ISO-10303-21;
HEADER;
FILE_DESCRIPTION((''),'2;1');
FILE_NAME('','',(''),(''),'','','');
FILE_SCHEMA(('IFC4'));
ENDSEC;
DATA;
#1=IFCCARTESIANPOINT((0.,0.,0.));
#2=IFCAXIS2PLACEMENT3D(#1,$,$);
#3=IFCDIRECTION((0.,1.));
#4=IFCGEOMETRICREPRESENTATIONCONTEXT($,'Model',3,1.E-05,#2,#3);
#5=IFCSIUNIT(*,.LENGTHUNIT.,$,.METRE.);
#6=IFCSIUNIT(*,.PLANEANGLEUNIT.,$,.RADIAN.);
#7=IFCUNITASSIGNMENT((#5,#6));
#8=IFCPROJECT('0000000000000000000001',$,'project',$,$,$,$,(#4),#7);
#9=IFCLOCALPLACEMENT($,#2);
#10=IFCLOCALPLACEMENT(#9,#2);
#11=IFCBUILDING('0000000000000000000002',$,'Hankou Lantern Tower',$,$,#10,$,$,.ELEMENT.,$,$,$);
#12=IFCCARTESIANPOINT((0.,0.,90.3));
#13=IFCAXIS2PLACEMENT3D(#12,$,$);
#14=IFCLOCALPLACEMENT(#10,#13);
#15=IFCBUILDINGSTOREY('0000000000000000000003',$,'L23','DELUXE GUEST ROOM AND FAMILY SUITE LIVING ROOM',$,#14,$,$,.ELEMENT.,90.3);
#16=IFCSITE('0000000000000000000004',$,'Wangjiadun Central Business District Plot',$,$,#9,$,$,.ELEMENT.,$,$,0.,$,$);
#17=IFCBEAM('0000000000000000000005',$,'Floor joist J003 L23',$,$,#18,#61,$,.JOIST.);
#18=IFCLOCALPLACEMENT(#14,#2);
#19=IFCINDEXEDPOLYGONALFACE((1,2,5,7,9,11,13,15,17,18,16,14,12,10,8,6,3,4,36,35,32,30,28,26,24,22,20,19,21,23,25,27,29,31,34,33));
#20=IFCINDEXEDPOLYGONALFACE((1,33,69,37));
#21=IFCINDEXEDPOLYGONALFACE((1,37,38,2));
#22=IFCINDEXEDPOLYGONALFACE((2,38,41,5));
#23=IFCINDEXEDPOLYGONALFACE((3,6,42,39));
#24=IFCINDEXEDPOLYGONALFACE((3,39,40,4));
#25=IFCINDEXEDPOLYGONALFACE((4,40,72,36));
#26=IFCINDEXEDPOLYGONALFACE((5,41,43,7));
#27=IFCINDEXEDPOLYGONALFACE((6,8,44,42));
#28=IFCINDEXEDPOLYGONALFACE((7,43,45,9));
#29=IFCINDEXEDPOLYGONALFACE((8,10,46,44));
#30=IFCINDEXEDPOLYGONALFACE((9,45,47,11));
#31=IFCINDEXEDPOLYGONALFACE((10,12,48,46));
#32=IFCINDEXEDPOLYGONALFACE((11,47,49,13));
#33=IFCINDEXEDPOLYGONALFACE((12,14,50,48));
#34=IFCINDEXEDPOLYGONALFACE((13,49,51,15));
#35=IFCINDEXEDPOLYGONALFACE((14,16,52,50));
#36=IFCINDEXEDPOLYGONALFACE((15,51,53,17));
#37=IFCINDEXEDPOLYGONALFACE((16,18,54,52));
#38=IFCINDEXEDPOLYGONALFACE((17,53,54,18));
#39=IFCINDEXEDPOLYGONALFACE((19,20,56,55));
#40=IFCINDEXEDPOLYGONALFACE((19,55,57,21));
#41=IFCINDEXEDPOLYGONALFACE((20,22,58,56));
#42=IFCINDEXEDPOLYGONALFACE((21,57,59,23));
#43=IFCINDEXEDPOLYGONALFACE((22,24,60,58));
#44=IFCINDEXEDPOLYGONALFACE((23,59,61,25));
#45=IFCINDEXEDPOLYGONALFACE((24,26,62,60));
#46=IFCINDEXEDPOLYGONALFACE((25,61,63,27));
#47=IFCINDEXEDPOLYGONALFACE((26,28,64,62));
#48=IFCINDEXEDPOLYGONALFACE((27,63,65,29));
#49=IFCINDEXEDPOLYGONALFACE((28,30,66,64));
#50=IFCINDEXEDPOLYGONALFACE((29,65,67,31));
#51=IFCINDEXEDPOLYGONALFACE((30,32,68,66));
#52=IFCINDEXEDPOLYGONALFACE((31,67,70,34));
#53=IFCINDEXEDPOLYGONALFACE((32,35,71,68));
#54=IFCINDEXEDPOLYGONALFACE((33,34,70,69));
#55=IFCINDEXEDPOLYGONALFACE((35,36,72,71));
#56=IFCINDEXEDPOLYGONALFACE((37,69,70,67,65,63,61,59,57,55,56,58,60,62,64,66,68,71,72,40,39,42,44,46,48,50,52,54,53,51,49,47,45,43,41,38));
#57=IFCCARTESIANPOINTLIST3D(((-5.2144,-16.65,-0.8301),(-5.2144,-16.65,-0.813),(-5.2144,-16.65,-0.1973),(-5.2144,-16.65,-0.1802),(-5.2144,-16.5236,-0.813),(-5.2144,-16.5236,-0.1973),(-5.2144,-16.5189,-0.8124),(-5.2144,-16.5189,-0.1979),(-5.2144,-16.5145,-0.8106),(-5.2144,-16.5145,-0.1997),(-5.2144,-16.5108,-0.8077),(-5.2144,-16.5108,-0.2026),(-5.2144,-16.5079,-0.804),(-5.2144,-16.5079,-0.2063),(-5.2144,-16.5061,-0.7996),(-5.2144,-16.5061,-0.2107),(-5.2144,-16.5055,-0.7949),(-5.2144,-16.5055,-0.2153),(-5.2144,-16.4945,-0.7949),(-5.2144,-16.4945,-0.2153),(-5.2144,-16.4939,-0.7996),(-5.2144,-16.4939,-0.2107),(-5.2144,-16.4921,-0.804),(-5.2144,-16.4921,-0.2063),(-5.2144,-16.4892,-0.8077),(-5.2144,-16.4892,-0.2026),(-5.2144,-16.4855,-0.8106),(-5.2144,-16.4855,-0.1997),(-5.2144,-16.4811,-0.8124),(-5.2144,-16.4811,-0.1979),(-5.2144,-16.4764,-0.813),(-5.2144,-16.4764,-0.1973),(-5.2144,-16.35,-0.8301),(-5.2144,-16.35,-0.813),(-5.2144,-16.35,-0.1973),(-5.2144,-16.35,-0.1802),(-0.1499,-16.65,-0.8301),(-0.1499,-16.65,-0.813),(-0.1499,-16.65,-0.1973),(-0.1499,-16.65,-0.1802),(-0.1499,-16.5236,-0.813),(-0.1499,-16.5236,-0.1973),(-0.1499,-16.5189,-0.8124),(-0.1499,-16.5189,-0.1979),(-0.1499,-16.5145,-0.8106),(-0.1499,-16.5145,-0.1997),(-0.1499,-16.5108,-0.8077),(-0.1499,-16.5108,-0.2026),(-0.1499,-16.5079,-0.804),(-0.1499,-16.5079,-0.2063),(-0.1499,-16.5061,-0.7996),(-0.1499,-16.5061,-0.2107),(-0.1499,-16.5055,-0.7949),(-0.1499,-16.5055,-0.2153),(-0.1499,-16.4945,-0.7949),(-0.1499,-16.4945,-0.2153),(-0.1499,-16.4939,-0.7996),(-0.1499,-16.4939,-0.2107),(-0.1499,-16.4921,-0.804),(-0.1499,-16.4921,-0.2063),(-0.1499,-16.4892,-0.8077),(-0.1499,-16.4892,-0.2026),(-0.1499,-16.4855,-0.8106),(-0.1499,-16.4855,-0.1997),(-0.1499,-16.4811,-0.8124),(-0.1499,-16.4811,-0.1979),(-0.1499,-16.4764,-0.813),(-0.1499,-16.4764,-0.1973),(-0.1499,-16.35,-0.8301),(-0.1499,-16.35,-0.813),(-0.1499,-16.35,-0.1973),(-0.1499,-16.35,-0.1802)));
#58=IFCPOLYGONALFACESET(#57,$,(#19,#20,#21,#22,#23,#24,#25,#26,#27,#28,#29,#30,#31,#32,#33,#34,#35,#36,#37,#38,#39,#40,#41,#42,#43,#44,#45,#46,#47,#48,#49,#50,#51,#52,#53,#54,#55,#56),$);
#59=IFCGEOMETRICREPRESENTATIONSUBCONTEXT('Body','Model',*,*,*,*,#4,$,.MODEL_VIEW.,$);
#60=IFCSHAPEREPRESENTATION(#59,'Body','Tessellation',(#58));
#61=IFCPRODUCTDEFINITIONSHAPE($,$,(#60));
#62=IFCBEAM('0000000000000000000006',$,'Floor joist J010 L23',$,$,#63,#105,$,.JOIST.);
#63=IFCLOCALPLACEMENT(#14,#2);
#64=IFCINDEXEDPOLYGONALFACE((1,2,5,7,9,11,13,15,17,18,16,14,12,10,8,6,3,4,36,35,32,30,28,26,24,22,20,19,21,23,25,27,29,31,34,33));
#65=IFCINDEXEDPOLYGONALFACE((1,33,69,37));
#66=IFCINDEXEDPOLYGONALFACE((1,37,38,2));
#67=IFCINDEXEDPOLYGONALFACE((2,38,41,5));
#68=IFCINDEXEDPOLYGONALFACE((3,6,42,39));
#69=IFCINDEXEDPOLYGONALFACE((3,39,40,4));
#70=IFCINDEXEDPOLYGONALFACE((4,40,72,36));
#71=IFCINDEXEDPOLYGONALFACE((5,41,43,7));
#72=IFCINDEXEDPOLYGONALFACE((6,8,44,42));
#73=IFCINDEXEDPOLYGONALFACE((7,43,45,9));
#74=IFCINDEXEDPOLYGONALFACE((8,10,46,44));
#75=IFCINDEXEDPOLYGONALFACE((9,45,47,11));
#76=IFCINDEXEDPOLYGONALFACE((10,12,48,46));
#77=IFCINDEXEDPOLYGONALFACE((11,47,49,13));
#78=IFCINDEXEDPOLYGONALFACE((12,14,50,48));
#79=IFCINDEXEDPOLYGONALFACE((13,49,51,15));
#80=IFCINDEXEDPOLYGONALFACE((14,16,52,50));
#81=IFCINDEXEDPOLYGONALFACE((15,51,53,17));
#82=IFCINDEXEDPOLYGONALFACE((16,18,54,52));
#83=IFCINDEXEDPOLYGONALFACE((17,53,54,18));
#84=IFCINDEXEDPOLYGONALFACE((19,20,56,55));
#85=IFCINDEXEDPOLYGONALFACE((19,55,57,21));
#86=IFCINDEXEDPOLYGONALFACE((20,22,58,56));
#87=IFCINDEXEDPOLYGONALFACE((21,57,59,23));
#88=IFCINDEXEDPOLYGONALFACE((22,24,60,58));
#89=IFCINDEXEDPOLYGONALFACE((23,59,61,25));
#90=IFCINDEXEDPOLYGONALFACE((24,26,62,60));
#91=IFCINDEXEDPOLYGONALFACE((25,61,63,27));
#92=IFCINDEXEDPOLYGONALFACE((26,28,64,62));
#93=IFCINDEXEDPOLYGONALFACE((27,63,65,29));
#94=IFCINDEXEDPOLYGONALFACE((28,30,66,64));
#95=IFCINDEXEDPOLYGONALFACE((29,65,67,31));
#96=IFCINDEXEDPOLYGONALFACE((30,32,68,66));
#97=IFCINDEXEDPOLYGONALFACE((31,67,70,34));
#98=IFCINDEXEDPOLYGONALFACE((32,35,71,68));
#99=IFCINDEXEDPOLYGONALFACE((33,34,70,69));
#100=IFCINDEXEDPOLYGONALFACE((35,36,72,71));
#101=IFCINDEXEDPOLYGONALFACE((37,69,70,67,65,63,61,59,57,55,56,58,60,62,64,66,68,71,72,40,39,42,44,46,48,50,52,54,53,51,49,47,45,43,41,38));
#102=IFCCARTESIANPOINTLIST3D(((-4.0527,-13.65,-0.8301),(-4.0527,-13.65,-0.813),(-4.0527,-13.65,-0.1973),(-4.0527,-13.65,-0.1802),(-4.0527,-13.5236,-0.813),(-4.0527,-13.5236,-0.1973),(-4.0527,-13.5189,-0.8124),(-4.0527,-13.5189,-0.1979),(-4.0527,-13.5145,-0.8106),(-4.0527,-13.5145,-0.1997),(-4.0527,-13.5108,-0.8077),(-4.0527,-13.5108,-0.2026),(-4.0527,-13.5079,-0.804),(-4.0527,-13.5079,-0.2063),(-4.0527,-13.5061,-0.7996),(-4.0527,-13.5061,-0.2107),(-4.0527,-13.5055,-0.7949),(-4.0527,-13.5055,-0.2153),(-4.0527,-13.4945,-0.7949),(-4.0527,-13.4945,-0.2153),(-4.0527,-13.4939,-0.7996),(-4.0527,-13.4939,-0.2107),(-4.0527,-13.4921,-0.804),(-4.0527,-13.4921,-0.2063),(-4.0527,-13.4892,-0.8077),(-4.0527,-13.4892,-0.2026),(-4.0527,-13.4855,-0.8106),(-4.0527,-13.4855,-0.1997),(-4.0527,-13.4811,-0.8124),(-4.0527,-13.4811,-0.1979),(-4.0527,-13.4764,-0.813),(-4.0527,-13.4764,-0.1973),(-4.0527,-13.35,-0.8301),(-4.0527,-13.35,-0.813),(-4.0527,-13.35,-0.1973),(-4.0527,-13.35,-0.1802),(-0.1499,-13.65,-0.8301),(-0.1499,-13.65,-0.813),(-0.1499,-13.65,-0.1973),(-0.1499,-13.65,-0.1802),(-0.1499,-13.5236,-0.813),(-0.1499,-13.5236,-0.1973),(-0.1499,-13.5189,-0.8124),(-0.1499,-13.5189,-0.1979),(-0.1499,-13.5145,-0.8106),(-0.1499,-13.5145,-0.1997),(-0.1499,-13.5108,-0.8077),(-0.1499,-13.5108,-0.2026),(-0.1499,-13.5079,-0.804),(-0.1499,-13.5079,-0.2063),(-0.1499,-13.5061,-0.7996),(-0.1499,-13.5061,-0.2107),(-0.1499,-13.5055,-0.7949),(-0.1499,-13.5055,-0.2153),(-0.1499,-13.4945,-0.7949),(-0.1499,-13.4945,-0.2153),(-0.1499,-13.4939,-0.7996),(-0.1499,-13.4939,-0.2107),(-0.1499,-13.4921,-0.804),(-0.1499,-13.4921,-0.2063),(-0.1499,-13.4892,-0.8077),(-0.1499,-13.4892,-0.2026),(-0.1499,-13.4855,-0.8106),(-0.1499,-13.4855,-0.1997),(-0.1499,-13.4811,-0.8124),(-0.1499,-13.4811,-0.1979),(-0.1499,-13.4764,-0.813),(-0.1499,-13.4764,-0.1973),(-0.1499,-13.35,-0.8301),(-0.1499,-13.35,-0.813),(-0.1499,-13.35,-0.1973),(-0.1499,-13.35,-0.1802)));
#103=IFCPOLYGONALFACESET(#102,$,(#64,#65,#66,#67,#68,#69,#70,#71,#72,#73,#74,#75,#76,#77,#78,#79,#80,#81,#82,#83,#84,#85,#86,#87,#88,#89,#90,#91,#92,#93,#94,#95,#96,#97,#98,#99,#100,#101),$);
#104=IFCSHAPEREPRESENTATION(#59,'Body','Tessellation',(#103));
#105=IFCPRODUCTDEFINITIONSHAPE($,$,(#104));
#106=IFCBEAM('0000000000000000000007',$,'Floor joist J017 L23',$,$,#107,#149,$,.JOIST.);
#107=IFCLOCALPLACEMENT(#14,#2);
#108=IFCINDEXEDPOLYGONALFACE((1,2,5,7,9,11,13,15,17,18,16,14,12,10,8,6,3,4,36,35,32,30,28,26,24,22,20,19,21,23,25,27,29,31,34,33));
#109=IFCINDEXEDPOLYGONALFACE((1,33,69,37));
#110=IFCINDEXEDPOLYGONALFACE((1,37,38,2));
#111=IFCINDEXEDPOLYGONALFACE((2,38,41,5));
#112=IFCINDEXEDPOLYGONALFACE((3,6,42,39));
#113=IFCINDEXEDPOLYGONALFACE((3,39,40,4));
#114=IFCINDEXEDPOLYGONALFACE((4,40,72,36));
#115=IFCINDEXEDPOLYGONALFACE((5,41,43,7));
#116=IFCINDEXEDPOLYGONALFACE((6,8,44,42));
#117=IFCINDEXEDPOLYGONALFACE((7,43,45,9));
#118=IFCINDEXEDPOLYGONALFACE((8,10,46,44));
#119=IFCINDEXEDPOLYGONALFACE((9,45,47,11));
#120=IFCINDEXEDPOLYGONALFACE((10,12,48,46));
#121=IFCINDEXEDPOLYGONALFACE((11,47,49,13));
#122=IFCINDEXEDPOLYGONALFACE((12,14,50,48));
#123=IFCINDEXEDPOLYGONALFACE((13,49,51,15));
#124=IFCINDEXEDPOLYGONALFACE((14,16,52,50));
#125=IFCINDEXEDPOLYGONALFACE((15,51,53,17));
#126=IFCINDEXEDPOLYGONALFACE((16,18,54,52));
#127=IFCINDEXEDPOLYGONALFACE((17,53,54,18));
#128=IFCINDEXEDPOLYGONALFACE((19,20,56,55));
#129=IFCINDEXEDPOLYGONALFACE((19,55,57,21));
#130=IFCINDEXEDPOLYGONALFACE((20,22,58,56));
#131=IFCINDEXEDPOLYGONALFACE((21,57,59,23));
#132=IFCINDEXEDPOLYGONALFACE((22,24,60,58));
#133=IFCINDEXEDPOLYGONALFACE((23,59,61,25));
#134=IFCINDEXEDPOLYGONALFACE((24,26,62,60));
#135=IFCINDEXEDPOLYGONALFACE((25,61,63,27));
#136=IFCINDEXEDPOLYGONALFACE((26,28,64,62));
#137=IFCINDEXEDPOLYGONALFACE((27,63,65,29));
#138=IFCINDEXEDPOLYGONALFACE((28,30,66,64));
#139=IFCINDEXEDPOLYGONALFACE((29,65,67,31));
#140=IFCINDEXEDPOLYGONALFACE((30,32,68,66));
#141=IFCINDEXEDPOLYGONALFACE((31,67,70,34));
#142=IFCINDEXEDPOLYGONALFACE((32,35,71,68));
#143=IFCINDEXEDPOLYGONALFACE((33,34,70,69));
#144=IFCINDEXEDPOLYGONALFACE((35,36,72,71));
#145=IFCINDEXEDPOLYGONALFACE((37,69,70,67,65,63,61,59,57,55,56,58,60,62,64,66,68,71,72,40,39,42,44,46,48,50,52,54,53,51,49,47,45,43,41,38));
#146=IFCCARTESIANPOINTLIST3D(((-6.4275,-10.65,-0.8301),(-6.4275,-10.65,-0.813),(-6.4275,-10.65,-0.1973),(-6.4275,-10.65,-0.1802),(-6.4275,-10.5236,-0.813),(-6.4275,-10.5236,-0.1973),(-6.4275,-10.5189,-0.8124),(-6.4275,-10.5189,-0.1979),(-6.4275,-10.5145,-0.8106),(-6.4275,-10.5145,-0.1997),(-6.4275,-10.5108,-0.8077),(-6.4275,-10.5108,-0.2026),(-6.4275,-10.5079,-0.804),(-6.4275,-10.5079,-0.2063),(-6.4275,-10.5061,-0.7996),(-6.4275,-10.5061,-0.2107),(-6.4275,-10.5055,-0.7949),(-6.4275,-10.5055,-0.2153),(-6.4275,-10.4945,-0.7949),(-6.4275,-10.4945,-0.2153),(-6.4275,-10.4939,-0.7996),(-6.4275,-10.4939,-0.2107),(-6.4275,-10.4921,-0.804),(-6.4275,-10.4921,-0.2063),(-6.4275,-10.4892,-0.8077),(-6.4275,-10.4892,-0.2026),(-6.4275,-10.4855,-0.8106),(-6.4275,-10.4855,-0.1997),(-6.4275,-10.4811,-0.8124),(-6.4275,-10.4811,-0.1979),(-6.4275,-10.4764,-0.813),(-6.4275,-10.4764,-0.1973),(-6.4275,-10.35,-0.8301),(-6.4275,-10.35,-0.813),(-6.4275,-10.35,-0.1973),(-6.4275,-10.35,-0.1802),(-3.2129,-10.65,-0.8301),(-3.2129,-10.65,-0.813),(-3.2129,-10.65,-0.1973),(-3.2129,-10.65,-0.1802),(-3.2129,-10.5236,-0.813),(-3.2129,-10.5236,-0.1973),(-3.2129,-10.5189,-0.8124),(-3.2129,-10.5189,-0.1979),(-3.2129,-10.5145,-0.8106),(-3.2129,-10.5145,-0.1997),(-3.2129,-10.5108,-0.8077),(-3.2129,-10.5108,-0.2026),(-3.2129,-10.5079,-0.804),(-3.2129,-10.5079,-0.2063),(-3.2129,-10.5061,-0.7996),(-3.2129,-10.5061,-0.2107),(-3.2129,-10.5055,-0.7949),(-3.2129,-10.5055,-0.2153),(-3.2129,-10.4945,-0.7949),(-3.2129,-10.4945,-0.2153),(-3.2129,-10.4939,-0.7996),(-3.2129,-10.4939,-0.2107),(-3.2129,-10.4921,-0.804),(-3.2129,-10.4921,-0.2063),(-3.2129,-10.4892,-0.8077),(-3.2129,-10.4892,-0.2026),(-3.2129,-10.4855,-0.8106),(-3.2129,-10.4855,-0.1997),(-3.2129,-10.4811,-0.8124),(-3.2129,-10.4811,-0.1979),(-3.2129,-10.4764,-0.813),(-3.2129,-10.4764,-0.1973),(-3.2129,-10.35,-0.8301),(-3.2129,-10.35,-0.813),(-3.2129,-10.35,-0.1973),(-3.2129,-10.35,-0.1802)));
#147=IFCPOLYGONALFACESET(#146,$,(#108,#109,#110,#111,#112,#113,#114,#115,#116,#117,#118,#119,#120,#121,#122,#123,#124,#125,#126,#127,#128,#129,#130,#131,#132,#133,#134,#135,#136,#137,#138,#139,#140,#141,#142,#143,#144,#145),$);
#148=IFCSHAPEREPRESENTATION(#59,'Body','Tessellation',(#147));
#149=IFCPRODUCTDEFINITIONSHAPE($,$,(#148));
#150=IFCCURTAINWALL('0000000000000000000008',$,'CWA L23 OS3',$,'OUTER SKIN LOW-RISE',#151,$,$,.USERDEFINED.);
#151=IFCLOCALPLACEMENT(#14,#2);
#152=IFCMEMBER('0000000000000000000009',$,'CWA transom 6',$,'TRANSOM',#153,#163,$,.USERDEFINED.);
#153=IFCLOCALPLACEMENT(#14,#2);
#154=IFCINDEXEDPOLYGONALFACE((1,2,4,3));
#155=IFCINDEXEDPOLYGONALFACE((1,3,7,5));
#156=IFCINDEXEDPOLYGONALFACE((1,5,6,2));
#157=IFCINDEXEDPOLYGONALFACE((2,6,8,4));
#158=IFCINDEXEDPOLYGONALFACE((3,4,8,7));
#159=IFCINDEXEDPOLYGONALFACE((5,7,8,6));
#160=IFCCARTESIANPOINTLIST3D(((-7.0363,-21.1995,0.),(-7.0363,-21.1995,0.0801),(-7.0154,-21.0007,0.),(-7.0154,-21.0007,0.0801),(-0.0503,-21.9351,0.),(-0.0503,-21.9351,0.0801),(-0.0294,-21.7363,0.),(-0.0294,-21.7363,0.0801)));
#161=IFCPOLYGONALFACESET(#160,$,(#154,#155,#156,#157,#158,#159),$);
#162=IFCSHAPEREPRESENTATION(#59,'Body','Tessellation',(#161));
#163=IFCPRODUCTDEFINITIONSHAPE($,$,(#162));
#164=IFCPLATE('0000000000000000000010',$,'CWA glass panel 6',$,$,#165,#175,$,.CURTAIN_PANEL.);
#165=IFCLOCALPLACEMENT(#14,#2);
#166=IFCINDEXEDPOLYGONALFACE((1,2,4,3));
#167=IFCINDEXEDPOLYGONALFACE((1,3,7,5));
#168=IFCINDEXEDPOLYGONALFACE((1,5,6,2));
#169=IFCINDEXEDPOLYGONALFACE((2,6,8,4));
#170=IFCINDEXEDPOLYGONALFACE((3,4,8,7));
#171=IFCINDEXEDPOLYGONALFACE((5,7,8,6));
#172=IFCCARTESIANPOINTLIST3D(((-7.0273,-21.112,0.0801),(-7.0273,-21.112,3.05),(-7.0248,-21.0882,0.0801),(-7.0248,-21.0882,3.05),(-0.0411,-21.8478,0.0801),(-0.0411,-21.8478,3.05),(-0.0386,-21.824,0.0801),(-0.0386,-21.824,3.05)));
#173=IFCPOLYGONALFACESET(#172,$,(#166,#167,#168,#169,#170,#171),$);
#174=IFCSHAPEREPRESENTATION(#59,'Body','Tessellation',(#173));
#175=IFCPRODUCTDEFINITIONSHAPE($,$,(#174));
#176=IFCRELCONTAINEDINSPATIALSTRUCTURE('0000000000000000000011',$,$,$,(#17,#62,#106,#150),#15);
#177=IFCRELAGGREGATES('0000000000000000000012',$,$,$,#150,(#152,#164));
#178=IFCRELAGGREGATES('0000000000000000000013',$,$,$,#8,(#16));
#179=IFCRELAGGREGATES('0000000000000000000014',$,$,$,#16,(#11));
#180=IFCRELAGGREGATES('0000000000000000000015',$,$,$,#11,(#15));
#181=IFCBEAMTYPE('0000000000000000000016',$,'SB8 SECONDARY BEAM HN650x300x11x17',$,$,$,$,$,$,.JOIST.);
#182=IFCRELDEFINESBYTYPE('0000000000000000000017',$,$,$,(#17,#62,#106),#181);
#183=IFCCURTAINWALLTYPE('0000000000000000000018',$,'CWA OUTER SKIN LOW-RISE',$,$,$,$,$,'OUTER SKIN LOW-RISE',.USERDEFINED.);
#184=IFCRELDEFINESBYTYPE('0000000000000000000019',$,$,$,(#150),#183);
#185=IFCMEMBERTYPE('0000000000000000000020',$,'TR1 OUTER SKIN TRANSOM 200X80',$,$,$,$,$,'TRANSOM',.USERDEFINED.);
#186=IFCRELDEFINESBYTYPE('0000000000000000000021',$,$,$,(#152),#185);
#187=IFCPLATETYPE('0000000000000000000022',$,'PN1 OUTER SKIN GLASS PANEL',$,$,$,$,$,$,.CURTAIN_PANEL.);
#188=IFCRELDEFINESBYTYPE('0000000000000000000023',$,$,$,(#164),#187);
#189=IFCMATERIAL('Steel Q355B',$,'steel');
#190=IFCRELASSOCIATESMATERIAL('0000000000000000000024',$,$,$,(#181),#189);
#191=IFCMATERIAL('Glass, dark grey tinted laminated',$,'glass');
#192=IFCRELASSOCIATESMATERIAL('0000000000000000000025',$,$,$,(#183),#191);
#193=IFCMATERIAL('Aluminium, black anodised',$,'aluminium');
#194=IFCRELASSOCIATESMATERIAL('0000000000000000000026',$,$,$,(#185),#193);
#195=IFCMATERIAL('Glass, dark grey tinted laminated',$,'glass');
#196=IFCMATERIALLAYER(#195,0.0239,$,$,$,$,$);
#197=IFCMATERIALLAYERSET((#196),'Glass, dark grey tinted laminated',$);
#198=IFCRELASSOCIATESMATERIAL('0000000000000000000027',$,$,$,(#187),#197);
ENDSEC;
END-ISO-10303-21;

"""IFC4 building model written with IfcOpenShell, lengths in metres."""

from ifc_helpers import new_model, si_unit, direction, frame, origin, origin_2d, place, context, subcontext, project, spatial, rectangle, i_section, extrude, material, layer, layer_set, material_profile, profile_set, type_object, element, aggregate, save


model = new_model("IFC4")

# Units and contexts
model_context = context("Model", 3, precision=1e-05, world=origin(), true_north=direction((0.0, 1.0)))
body_context = subcontext(model_context, "Body", "Model", "MODEL_VIEW")
ifc_project = project(units=[si_unit("LENGTHUNIT", "METRE"), si_unit("PLANEANGLEUNIT", "RADIAN")], contexts=[model_context])

# Site, building, storey
site_placement = place(None, origin())
site = spatial("IfcSite", under=ifc_project, at=site_placement, Name="Wangjiadun Central Business District Plot", CompositionType="ELEMENT", RefElevation=0.0)
building_placement = place(site_placement, origin())
building = spatial("IfcBuilding", under=site, at=building_placement, Name="Hankou Lantern Tower", CompositionType="ELEMENT")
storey_placement = place(building_placement, frame((0.0, 0.0, 90.3)))
storey = spatial("IfcBuildingStorey", under=building, at=storey_placement, Name="L23", Description="DELUXE GUEST ROOM AND FAMILY SUITE LIVING ROOM", CompositionType="ELEMENT", Elevation=90.3)

# Beams
ifc_material_1 = material(Name="Steel Q355B", Category="steel")
ifc_material_profile_1 = material_profile(ifc_material_1, i_section(OverallWidth=0.3, OverallDepth=0.6499, WebThickness=0.011, FlangeThickness=0.0171, FilletRadius=0.0181, at=origin_2d()), Name="HN650x300x11x17")
ifc_profile_set_1 = profile_set([ifc_material_profile_1], Name="Steel Q355B")
beam_type_1 = type_object("IfcBeamType", Name="SB8 SECONDARY BEAM HN650x300x11x17", PredefinedType="JOIST", material=ifc_profile_set_1)
beam_1_placement = place(storey_placement, frame((-5.2144, -16.5, -0.5051), z_axis=(1.0, 0.0, 0.0), x_axis=(0.0, 1.0, 0.0)))
element("IfcBeam", 1, at=beam_1_placement, inside=storey, type_object=beam_type_1, Name="Floor joist J003 L23", PredefinedType="JOIST", context=body_context, shape_type="SweptSolid", body=[
    extrude(i_section(OverallWidth=0.3, OverallDepth=0.6499, WebThickness=0.011, FlangeThickness=0.0171, FilletRadius=0.0181, at=origin_2d()), origin(), (0.0, 0.0, 1.0), 5.0645),
])
beam_2_placement = place(storey_placement, frame((-4.0527, -13.5, -0.5051), z_axis=(1.0, 0.0, 0.0), x_axis=(0.0, 1.0, 0.0)))
element("IfcBeam", 2, at=beam_2_placement, inside=storey, type_object=beam_type_1, Name="Floor joist J010 L23", PredefinedType="JOIST", context=body_context, shape_type="SweptSolid", body=[
    extrude(i_section(OverallWidth=0.3, OverallDepth=0.6499, WebThickness=0.011, FlangeThickness=0.0171, FilletRadius=0.0181, at=origin_2d()), origin(), (0.0, 0.0, 1.0), 3.9028),
])
beam_3_placement = place(storey_placement, frame((-6.4275, -10.5, -0.5051), z_axis=(1.0, 0.0, 0.0), x_axis=(0.0, 1.0, 0.0)))
element("IfcBeam", 3, at=beam_3_placement, inside=storey, type_object=beam_type_1, Name="Floor joist J017 L23", PredefinedType="JOIST", context=body_context, shape_type="SweptSolid", body=[
    extrude(i_section(OverallWidth=0.3, OverallDepth=0.6499, WebThickness=0.011, FlangeThickness=0.0171, FilletRadius=0.0181, at=origin_2d()), origin(), (0.0, 0.0, 1.0), 3.2146),
])

# Curtain wall, member, plate
ifc_material_2 = material(Name="Glass, dark grey tinted laminated", Category="glass")
curtain_wall_type = type_object("IfcCurtainWallType", Name="CWA OUTER SKIN LOW-RISE", ElementType="OUTER SKIN LOW-RISE", PredefinedType="USERDEFINED", material=ifc_material_2)
curtain_wall_placement = place(storey_placement, origin())
curtain_wall = element("IfcCurtainWall", 4, at=curtain_wall_placement, inside=storey, type_object=curtain_wall_type, Name="CWA L23 OS3", ObjectType="OUTER SKIN LOW-RISE", PredefinedType="USERDEFINED")
ifc_material_3 = material(Name="Aluminium, black anodised", Category="aluminium")
ifc_material_profile_2 = material_profile(ifc_material_3, rectangle(XDim=0.2, YDim=0.0801, at=origin_2d()), Name="TR1 200X80")
ifc_profile_set_2 = profile_set([ifc_material_profile_2], Name="Aluminium, black anodised")
member_type = type_object("IfcMemberType", Name="TR1 OUTER SKIN TRANSOM 200X80", ElementType="TRANSOM", PredefinedType="USERDEFINED", material=ifc_profile_set_2)
member_placement = place(storey_placement, frame((-7.0259, -21.1001, 0.04), z_axis=(0.994502, -0.104716, 0.0), x_axis=(0.104716, 0.994502, 0.0)))
member = element("IfcMember", 5, at=member_placement, type_object=member_type, Name="CWA transom 6", ObjectType="TRANSOM", PredefinedType="USERDEFINED", context=body_context, shape_type="SweptSolid", body=[
    extrude(rectangle(XDim=0.2, YDim=0.0801, at=origin_2d()), origin(), (0.0, 0.0, 1.0), 7.0247),
])
ifc_material_4 = material(Name="Glass, dark grey tinted laminated", Category="glass")
ifc_layer_1 = layer(ifc_material_4, 0.0239)
ifc_layer_set_1 = layer_set([ifc_layer_1], Name="Glass, dark grey tinted laminated")
plate_type = type_object("IfcPlateType", Name="PN1 OUTER SKIN GLASS PANEL", PredefinedType="CURTAIN_PANEL", material=ifc_layer_set_1)
plate_placement = place(storey_placement, frame((-3.533, -21.468, 0.0801), z_axis=(0.0, 0.0, 1.0), x_axis=(0.994499, -0.104743, 0.0)))
plate = element("IfcPlate", 6, at=plate_placement, type_object=plate_type, Name="CWA glass panel 6", PredefinedType="CURTAIN_PANEL", context=body_context, shape_type="SweptSolid", body=[
    extrude(rectangle(XDim=7.0249, YDim=0.0239, at=origin_2d()), origin(), (0.0, 0.0, 1.0), 2.97),
])
aggregate(curtain_wall, [member, plate])

save(model, "model.ifc")
